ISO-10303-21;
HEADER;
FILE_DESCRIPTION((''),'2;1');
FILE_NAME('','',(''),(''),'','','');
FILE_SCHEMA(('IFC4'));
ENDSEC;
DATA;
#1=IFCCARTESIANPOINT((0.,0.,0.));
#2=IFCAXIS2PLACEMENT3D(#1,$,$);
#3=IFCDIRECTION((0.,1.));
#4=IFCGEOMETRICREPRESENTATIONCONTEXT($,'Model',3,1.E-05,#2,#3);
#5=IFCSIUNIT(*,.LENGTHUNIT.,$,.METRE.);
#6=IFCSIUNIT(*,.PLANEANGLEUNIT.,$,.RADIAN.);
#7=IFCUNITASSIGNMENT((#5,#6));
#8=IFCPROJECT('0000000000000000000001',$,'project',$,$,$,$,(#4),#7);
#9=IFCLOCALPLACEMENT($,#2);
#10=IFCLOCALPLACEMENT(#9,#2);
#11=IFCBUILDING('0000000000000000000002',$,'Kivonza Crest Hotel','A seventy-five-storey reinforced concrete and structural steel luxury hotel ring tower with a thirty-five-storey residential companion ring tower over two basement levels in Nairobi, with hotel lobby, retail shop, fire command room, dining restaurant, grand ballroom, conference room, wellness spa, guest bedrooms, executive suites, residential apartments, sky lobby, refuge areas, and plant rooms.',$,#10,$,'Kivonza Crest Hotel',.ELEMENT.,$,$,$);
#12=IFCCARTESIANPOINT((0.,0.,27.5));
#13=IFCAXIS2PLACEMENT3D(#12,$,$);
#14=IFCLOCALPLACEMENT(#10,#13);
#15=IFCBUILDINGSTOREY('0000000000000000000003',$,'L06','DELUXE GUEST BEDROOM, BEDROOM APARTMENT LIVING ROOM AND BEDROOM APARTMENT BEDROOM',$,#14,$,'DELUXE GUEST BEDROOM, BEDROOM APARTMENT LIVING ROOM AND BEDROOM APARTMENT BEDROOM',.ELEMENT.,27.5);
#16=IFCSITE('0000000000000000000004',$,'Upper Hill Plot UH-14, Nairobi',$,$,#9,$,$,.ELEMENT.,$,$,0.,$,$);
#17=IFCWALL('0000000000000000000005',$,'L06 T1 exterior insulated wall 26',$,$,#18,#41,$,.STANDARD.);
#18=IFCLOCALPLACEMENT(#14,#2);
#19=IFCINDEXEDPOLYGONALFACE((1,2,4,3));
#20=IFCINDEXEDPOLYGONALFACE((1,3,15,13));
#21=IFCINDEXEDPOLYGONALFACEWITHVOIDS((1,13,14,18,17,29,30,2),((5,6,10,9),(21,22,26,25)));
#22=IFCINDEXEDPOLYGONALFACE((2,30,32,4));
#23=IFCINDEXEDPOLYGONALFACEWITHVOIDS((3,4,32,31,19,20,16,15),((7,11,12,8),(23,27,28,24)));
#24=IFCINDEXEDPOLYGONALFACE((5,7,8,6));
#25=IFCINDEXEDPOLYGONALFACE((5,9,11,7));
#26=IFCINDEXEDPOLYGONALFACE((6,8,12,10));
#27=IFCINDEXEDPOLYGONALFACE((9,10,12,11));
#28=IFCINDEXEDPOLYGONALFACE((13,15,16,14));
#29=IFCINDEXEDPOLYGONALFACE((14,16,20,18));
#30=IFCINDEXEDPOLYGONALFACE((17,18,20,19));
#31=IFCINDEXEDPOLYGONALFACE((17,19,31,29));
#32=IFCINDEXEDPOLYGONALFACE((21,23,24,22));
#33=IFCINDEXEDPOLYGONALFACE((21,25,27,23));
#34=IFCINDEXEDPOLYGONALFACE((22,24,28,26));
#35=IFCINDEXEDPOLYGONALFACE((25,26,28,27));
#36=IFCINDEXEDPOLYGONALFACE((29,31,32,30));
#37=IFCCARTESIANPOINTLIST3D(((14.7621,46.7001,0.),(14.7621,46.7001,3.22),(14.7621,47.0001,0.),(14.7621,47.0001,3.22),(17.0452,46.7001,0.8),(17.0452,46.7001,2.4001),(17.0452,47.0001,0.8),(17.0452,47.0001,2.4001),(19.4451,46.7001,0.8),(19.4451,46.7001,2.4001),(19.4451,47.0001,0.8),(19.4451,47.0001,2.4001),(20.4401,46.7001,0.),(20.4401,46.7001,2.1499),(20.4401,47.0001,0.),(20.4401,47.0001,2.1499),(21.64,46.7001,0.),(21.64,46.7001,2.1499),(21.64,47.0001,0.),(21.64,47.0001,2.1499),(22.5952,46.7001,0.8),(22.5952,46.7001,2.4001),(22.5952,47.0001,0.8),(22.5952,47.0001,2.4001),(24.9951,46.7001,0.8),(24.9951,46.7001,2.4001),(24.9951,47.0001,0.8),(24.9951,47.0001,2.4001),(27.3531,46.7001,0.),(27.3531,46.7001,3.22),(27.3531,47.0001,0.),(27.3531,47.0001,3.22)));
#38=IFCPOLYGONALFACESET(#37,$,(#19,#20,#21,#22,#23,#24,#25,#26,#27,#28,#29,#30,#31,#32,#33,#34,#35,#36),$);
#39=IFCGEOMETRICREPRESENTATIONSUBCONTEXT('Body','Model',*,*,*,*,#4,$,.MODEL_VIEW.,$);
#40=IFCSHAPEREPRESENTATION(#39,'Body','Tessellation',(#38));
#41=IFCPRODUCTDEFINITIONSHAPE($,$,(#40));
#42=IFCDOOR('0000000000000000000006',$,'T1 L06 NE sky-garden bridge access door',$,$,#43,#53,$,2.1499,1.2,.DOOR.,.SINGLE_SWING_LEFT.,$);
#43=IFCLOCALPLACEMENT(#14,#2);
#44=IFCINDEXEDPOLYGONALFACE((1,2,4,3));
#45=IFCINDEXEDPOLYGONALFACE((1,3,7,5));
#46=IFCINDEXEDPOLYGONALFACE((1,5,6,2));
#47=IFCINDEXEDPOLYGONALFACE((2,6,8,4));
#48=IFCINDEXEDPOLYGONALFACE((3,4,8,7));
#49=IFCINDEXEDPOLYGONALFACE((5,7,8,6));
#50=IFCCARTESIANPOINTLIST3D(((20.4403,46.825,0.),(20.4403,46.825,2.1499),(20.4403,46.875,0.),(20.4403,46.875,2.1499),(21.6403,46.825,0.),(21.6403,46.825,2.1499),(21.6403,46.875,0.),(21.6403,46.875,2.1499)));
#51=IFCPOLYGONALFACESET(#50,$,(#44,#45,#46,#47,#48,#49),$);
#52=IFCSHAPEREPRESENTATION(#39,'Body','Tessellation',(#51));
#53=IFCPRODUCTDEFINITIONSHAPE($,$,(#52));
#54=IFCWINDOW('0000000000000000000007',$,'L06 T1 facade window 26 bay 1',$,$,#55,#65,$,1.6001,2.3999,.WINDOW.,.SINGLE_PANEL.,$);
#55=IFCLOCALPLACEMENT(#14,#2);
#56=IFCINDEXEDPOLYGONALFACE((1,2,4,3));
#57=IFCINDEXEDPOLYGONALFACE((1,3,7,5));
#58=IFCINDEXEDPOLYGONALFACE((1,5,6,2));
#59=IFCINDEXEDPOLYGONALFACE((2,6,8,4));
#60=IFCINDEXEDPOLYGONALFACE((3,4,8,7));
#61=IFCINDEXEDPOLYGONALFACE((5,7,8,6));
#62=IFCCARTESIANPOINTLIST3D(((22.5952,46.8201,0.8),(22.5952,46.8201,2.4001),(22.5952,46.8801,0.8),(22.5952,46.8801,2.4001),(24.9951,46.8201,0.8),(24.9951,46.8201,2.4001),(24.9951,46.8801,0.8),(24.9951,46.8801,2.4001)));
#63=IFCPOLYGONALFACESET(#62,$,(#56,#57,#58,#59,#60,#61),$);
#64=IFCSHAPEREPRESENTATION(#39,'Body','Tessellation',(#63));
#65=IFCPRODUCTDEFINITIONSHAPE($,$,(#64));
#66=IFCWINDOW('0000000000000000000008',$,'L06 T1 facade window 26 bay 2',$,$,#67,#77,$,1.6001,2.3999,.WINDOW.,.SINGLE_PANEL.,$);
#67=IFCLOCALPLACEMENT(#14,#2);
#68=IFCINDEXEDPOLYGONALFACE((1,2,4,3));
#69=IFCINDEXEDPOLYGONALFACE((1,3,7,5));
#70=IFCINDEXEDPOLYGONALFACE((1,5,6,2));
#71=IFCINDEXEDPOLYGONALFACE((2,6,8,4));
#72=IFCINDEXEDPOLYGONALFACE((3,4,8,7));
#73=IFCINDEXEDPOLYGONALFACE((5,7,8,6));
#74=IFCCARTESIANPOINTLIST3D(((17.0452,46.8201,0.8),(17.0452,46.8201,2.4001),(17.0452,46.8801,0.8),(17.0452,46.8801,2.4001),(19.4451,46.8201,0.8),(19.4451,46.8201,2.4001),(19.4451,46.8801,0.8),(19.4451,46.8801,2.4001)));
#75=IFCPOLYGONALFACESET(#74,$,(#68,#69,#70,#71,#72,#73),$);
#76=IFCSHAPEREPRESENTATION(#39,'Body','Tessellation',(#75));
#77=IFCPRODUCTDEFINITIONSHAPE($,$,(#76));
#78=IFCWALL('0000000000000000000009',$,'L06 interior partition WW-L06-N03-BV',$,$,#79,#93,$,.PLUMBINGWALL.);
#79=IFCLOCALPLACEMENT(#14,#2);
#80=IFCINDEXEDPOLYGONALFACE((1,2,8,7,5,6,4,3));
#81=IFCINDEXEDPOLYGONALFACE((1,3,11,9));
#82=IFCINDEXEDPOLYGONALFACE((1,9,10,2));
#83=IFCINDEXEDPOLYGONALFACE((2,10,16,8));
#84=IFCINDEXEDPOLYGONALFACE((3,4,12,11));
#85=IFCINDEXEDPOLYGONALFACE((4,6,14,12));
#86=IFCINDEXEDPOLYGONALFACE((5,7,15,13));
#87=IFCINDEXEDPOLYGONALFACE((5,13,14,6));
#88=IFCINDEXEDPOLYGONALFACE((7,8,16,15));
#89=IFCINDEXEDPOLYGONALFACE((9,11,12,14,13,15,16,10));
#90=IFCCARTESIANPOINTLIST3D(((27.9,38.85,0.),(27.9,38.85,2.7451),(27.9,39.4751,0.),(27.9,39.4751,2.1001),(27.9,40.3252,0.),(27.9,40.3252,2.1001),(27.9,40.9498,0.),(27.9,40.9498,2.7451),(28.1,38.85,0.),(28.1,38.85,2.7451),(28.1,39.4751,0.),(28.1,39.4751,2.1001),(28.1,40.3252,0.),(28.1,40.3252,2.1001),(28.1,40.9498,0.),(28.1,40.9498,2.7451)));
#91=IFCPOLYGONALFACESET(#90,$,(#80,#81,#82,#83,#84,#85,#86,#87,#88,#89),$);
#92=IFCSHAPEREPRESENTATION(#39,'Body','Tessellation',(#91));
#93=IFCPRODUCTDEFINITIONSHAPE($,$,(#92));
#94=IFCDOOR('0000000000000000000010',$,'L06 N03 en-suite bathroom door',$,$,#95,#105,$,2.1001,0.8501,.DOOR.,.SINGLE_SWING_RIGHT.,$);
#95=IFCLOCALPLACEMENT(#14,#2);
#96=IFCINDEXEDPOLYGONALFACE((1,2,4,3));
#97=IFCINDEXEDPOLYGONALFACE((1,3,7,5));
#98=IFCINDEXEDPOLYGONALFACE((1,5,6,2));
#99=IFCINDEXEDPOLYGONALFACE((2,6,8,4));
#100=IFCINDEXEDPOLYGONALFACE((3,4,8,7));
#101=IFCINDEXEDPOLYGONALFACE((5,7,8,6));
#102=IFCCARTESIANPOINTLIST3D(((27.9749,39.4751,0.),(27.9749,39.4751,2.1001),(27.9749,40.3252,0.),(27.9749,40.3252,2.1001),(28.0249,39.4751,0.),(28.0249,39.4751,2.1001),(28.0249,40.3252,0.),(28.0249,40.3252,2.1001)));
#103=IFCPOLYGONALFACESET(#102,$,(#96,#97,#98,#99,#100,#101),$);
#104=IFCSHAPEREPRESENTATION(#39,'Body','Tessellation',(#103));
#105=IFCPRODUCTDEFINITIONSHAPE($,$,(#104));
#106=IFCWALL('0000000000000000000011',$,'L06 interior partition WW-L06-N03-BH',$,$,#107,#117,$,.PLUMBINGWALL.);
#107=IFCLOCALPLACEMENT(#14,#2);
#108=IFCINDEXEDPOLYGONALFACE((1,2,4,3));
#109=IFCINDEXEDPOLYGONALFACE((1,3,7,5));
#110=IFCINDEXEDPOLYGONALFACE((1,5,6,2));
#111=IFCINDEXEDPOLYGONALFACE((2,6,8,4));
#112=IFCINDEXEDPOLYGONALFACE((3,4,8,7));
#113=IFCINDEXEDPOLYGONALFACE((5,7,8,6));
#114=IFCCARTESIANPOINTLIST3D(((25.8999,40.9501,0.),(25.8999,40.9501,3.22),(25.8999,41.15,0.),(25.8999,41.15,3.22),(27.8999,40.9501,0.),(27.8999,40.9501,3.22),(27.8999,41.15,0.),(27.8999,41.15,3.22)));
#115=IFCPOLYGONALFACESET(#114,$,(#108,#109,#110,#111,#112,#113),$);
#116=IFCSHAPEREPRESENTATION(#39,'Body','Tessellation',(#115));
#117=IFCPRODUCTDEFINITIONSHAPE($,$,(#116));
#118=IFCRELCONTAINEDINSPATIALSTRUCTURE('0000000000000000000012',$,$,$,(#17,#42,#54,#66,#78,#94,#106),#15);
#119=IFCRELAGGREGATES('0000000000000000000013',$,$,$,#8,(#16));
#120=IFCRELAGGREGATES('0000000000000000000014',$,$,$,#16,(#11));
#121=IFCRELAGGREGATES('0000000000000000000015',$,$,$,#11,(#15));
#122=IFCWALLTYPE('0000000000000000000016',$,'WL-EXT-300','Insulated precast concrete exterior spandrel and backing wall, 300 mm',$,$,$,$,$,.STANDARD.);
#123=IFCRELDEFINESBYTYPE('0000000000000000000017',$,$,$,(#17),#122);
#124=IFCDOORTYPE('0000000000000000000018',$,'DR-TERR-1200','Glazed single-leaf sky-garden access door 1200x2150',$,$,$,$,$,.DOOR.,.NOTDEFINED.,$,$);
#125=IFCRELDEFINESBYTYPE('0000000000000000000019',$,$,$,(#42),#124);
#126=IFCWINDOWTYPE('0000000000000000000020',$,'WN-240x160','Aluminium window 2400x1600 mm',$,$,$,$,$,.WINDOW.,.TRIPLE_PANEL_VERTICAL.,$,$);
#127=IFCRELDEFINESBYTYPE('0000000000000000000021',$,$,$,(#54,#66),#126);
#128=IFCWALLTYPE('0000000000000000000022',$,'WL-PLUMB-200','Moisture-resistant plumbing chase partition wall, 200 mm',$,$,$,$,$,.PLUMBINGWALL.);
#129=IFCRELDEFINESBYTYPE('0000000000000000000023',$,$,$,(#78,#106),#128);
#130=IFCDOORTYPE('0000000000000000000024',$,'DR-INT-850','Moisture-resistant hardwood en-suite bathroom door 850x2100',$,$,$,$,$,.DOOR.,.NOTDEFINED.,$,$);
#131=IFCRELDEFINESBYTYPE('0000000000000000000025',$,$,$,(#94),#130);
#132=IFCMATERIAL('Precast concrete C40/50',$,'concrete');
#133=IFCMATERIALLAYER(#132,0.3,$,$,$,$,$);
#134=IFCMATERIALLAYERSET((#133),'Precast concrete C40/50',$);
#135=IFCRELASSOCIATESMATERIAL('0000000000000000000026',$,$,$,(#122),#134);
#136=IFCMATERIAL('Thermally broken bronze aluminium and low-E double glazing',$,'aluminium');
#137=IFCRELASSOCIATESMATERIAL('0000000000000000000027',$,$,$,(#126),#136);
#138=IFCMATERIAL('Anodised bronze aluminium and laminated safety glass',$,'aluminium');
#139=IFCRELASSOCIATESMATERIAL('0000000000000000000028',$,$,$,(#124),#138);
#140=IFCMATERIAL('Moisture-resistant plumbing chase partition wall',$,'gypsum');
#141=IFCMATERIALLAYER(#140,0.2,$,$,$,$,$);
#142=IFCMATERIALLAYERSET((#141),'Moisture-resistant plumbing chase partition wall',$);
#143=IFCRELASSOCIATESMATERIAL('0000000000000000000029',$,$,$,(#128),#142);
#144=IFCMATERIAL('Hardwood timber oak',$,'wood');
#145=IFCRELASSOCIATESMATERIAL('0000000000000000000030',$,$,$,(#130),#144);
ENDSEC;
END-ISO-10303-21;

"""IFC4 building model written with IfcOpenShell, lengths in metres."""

from ifc_helpers import new_model, si_unit, direction, frame, frame_2d, origin, place, context, subcontext, project, spatial, rectangle, extrude, material, layer, layer_set, type_object, element, fill, save


model = new_model("IFC4")

# Units and contexts
model_context = context("Model", 3, precision=1e-05, world=origin(), true_north=direction((0.0, 1.0)))
body_context = subcontext(model_context, "Body", "Model", "MODEL_VIEW")
ifc_project = project(units=[si_unit("LENGTHUNIT", "METRE"), si_unit("PLANEANGLEUNIT", "RADIAN")], contexts=[model_context])

# Site, building, storey
site_placement = place(None, origin())
site = spatial("IfcSite", under=ifc_project, at=site_placement, Name="Upper Hill Plot UH-14, Nairobi", CompositionType="ELEMENT", RefElevation=0.0)
building_placement = place(site_placement, origin())
building = spatial("IfcBuilding", under=site, at=building_placement, Name="Kivonza Crest Hotel", Description="A seventy-five-storey reinforced concrete and structural steel luxury hotel ring tower with a thirty-five-storey residential companion ring tower over two basement levels in Nairobi, with hotel lobby, retail shop, fire command room, dining restaurant, grand ballroom, conference room, wellness spa, guest bedrooms, executive suites, residential apartments, sky lobby, refuge areas, and plant rooms.", LongName="Kivonza Crest Hotel", CompositionType="ELEMENT")
storey_placement = place(building_placement, frame((0.0, 0.0, 27.5)))
storey = spatial("IfcBuildingStorey", under=building, at=storey_placement, Name="L06", Description="DELUXE GUEST BEDROOM, BEDROOM APARTMENT LIVING ROOM AND BEDROOM APARTMENT BEDROOM", LongName="DELUXE GUEST BEDROOM, BEDROOM APARTMENT LIVING ROOM AND BEDROOM APARTMENT BEDROOM", CompositionType="ELEMENT", Elevation=27.5)

# Shared definitions
ifc_material_1 = material(Name="Hardwood timber oak", Category="wood")

# Shared definitions
ifc_material_2 = material(Name="Precast concrete C40/50", Category="concrete")
ifc_layer_1 = layer(ifc_material_2, 0.3)
ifc_layer_set_1 = layer_set([ifc_layer_1], Name="Precast concrete C40/50")
wall_type_1 = type_object("IfcWallType", Name="WL-EXT-300", Description="Insulated precast concrete exterior spandrel and backing wall, 300 mm", PredefinedType="STANDARD", material=ifc_layer_set_1)

# Shared definitions
ifc_material_3 = material(Name="Thermally broken bronze aluminium and low-E double glazing", Category="aluminium")
window_type_1 = type_object("IfcWindowType", Name="WN-240x160", Description="Aluminium window 2400x1600 mm", PartitioningType="TRIPLE_PANEL_VERTICAL", PredefinedType="WINDOW", material=ifc_material_3)

# Wall, openings, door, windows
wall_1_placement = place(storey_placement, frame((27.353, 46.8501, 0.0), z_axis=(0.0, 0.0, 1.0), x_axis=(-1.0, 0.0, 0.0)))
wall_1 = element("IfcWall", 1, at=wall_1_placement, inside=storey, type_object=wall_type_1, Name="L06 T1 exterior insulated wall 26", PredefinedType="STANDARD", context=body_context, shape_type="SweptSolid", body=[
    extrude(rectangle(XDim=12.5911, YDim=0.3, at=frame_2d((6.2954, 0.0))), origin(), (0.0, 0.0, 1.0), 3.22),
])
opening_1_placement = place(wall_1_placement, frame((5.7129, 0.0, 0.0)))
opening_1 = element("IfcOpeningElement", 2, at=opening_1_placement, cuts=wall_1, PredefinedType="OPENING", context=body_context, shape_type="SweptSolid", body=[
    extrude(rectangle(XDim=1.2, YDim=2.1499, at=frame_2d((0.6001, 1.075))), frame((0.0, 0.1602, 0.0), z_axis=(0.0, -1.0, 0.0), x_axis=(1.0, 0.0, 0.0)), (0.0, 0.0, 1.0), 0.3201),
])
opening_2_placement = place(wall_1_placement, frame((2.3579, 0.0, 0.8)))
opening_2 = element("IfcOpeningElement", 3, at=opening_2_placement, cuts=wall_1, PredefinedType="OPENING", context=body_context, shape_type="SweptSolid", body=[
    extrude(rectangle(XDim=2.3999, YDim=1.6001, at=frame_2d((1.2, 0.8))), frame((0.0, 0.1602, 0.0), z_axis=(0.0, -1.0, 0.0), x_axis=(1.0, 0.0, 0.0)), (0.0, 0.0, 1.0), 0.3201),
])
opening_3_placement = place(wall_1_placement, frame((7.908, 0.0, 0.8)))
opening_3 = element("IfcOpeningElement", 4, at=opening_3_placement, cuts=wall_1, PredefinedType="OPENING", context=body_context, shape_type="SweptSolid", body=[
    extrude(rectangle(XDim=2.3999, YDim=1.6001, at=frame_2d((1.2, 0.8))), frame((0.0, 0.1602, 0.0), z_axis=(0.0, -1.0, 0.0), x_axis=(1.0, 0.0, 0.0)), (0.0, 0.0, 1.0), 0.3201),
])
ifc_material_4 = material(Name="Anodised bronze aluminium and laminated safety glass", Category="aluminium")
door_type_1 = type_object("IfcDoorType", Name="DR-TERR-1200", Description="Glazed single-leaf sky-garden access door 1200x2150", OperationType="NOTDEFINED", PredefinedType="DOOR", material=ifc_material_4)
door_1_placement = place(opening_1_placement, frame((1.2, 0.0, 0.0), z_axis=(0.0, 0.0, 1.0), x_axis=(-1.0, 0.0, 0.0)))
door_1 = element("IfcDoor", 5, at=door_1_placement, inside=storey, type_object=door_type_1, Name="T1 L06 NE sky-garden bridge access door", OperationType="SINGLE_SWING_LEFT", OverallHeight=2.1499, OverallWidth=1.2, PredefinedType="DOOR", context=body_context, shape_type="SweptSolid", body=[
    extrude(rectangle(XDim=1.2, YDim=2.1499, at=frame_2d((0.6001, 1.075))), frame((0.0, 0.0249, 0.0), z_axis=(0.0, -1.0, 0.0), x_axis=(1.0, 0.0, 0.0)), (0.0, 0.0, 1.0), 0.05),
])
fill(opening_1, door_1)
window_1_placement = place(opening_2_placement, origin())
window_1 = element("IfcWindow", 6, at=window_1_placement, inside=storey, type_object=window_type_1, Name="L06 T1 facade window 26 bay 1", OverallHeight=1.6001, OverallWidth=2.3999, PartitioningType="SINGLE_PANEL", PredefinedType="WINDOW", context=body_context, shape_type="SweptSolid", body=[
    extrude(rectangle(XDim=2.3999, YDim=1.6001, at=frame_2d((1.2, 0.8))), frame((0.0, 0.03, 0.0), z_axis=(0.0, -1.0, 0.0), x_axis=(1.0, 0.0, 0.0)), (0.0, 0.0, 1.0), 0.0601),
])
fill(opening_2, window_1)
window_2_placement = place(opening_3_placement, origin())
window_2 = element("IfcWindow", 7, at=window_2_placement, inside=storey, type_object=window_type_1, Name="L06 T1 facade window 26 bay 2", OverallHeight=1.6001, OverallWidth=2.3999, PartitioningType="SINGLE_PANEL", PredefinedType="WINDOW", context=body_context, shape_type="SweptSolid", body=[
    extrude(rectangle(XDim=2.3999, YDim=1.6001, at=frame_2d((1.2, 0.8))), frame((0.0, 0.03, 0.0), z_axis=(0.0, -1.0, 0.0), x_axis=(1.0, 0.0, 0.0)), (0.0, 0.0, 1.0), 0.0601),
])
fill(opening_3, window_2)

# Wall, opening, door
ifc_material_5 = material(Name="Moisture-resistant plumbing chase partition wall", Category="gypsum")
ifc_layer_2 = layer(ifc_material_5, 0.2)
ifc_layer_set_2 = layer_set([ifc_layer_2], Name="Moisture-resistant plumbing chase partition wall")
wall_type_2 = type_object("IfcWallType", Name="WL-PLUMB-200", Description="Moisture-resistant plumbing chase partition wall, 200 mm", PredefinedType="PLUMBINGWALL", material=ifc_layer_set_2)
wall_2_placement = place(storey_placement, frame((28.0, 38.8501, 0.0), z_axis=(0.0, 0.0, 1.0), x_axis=(0.0, 1.0, 0.0)))
wall_2 = element("IfcWall", 8, at=wall_2_placement, inside=storey, type_object=wall_type_2, Name="L06 interior partition WW-L06-N03-BV", PredefinedType="PLUMBINGWALL", context=body_context, shape_type="SweptSolid", body=[
    extrude(rectangle(XDim=2.0999, YDim=0.2, at=frame_2d((1.0498, 0.0))), origin(), (0.0, 0.0, 1.0), 2.7451),
])
opening_4_placement = place(wall_2_placement, frame((0.625, 0.0, 0.0)))
opening_4 = element("IfcOpeningElement", 9, at=opening_4_placement, cuts=wall_2, PredefinedType="OPENING", context=body_context, shape_type="SweptSolid", body=[
    extrude(rectangle(XDim=0.8501, YDim=2.1001, at=frame_2d((0.425, 1.05))), frame((0.0, 0.1099, 0.0), z_axis=(0.0, -1.0, 0.0), x_axis=(1.0, 0.0, 0.0)), (0.0, 0.0, 1.0), 0.22),
])
door_type_2 = type_object("IfcDoorType", Name="DR-INT-850", Description="Moisture-resistant hardwood en-suite bathroom door 850x2100", OperationType="NOTDEFINED", PredefinedType="DOOR", material=ifc_material_1)
door_2_placement = place(opening_4_placement, frame((0.8501, 0.0, 0.0), z_axis=(0.0, 0.0, 1.0), x_axis=(-1.0, 0.0, 0.0)))
door_2 = element("IfcDoor", 10, at=door_2_placement, inside=storey, type_object=door_type_2, Name="L06 N03 en-suite bathroom door", OperationType="SINGLE_SWING_RIGHT", OverallHeight=2.1001, OverallWidth=0.8501, PredefinedType="DOOR", context=body_context, shape_type="SweptSolid", body=[
    extrude(rectangle(XDim=0.8501, YDim=2.1001, at=frame_2d((0.425, 1.05))), frame((0.0, 0.0249, 0.0), z_axis=(0.0, -1.0, 0.0), x_axis=(1.0, 0.0, 0.0)), (0.0, 0.0, 1.0), 0.05),
])
fill(opening_4, door_2)

# Wall
wall_3_placement = place(storey_placement, frame((25.8999, 41.05, 0.0), z_axis=(0.0, 0.0, 1.0), x_axis=(1.0, 0.0, 0.0)))
element("IfcWall", 11, at=wall_3_placement, inside=storey, type_object=wall_type_2, Name="L06 interior partition WW-L06-N03-BH", PredefinedType="PLUMBINGWALL", context=body_context, shape_type="SweptSolid", body=[
    extrude(rectangle(XDim=2.0, YDim=0.2, at=frame_2d((1.0, 0.0))), origin(), (0.0, 0.0, 1.0), 3.22),
])

save(model, "model.ifc")
